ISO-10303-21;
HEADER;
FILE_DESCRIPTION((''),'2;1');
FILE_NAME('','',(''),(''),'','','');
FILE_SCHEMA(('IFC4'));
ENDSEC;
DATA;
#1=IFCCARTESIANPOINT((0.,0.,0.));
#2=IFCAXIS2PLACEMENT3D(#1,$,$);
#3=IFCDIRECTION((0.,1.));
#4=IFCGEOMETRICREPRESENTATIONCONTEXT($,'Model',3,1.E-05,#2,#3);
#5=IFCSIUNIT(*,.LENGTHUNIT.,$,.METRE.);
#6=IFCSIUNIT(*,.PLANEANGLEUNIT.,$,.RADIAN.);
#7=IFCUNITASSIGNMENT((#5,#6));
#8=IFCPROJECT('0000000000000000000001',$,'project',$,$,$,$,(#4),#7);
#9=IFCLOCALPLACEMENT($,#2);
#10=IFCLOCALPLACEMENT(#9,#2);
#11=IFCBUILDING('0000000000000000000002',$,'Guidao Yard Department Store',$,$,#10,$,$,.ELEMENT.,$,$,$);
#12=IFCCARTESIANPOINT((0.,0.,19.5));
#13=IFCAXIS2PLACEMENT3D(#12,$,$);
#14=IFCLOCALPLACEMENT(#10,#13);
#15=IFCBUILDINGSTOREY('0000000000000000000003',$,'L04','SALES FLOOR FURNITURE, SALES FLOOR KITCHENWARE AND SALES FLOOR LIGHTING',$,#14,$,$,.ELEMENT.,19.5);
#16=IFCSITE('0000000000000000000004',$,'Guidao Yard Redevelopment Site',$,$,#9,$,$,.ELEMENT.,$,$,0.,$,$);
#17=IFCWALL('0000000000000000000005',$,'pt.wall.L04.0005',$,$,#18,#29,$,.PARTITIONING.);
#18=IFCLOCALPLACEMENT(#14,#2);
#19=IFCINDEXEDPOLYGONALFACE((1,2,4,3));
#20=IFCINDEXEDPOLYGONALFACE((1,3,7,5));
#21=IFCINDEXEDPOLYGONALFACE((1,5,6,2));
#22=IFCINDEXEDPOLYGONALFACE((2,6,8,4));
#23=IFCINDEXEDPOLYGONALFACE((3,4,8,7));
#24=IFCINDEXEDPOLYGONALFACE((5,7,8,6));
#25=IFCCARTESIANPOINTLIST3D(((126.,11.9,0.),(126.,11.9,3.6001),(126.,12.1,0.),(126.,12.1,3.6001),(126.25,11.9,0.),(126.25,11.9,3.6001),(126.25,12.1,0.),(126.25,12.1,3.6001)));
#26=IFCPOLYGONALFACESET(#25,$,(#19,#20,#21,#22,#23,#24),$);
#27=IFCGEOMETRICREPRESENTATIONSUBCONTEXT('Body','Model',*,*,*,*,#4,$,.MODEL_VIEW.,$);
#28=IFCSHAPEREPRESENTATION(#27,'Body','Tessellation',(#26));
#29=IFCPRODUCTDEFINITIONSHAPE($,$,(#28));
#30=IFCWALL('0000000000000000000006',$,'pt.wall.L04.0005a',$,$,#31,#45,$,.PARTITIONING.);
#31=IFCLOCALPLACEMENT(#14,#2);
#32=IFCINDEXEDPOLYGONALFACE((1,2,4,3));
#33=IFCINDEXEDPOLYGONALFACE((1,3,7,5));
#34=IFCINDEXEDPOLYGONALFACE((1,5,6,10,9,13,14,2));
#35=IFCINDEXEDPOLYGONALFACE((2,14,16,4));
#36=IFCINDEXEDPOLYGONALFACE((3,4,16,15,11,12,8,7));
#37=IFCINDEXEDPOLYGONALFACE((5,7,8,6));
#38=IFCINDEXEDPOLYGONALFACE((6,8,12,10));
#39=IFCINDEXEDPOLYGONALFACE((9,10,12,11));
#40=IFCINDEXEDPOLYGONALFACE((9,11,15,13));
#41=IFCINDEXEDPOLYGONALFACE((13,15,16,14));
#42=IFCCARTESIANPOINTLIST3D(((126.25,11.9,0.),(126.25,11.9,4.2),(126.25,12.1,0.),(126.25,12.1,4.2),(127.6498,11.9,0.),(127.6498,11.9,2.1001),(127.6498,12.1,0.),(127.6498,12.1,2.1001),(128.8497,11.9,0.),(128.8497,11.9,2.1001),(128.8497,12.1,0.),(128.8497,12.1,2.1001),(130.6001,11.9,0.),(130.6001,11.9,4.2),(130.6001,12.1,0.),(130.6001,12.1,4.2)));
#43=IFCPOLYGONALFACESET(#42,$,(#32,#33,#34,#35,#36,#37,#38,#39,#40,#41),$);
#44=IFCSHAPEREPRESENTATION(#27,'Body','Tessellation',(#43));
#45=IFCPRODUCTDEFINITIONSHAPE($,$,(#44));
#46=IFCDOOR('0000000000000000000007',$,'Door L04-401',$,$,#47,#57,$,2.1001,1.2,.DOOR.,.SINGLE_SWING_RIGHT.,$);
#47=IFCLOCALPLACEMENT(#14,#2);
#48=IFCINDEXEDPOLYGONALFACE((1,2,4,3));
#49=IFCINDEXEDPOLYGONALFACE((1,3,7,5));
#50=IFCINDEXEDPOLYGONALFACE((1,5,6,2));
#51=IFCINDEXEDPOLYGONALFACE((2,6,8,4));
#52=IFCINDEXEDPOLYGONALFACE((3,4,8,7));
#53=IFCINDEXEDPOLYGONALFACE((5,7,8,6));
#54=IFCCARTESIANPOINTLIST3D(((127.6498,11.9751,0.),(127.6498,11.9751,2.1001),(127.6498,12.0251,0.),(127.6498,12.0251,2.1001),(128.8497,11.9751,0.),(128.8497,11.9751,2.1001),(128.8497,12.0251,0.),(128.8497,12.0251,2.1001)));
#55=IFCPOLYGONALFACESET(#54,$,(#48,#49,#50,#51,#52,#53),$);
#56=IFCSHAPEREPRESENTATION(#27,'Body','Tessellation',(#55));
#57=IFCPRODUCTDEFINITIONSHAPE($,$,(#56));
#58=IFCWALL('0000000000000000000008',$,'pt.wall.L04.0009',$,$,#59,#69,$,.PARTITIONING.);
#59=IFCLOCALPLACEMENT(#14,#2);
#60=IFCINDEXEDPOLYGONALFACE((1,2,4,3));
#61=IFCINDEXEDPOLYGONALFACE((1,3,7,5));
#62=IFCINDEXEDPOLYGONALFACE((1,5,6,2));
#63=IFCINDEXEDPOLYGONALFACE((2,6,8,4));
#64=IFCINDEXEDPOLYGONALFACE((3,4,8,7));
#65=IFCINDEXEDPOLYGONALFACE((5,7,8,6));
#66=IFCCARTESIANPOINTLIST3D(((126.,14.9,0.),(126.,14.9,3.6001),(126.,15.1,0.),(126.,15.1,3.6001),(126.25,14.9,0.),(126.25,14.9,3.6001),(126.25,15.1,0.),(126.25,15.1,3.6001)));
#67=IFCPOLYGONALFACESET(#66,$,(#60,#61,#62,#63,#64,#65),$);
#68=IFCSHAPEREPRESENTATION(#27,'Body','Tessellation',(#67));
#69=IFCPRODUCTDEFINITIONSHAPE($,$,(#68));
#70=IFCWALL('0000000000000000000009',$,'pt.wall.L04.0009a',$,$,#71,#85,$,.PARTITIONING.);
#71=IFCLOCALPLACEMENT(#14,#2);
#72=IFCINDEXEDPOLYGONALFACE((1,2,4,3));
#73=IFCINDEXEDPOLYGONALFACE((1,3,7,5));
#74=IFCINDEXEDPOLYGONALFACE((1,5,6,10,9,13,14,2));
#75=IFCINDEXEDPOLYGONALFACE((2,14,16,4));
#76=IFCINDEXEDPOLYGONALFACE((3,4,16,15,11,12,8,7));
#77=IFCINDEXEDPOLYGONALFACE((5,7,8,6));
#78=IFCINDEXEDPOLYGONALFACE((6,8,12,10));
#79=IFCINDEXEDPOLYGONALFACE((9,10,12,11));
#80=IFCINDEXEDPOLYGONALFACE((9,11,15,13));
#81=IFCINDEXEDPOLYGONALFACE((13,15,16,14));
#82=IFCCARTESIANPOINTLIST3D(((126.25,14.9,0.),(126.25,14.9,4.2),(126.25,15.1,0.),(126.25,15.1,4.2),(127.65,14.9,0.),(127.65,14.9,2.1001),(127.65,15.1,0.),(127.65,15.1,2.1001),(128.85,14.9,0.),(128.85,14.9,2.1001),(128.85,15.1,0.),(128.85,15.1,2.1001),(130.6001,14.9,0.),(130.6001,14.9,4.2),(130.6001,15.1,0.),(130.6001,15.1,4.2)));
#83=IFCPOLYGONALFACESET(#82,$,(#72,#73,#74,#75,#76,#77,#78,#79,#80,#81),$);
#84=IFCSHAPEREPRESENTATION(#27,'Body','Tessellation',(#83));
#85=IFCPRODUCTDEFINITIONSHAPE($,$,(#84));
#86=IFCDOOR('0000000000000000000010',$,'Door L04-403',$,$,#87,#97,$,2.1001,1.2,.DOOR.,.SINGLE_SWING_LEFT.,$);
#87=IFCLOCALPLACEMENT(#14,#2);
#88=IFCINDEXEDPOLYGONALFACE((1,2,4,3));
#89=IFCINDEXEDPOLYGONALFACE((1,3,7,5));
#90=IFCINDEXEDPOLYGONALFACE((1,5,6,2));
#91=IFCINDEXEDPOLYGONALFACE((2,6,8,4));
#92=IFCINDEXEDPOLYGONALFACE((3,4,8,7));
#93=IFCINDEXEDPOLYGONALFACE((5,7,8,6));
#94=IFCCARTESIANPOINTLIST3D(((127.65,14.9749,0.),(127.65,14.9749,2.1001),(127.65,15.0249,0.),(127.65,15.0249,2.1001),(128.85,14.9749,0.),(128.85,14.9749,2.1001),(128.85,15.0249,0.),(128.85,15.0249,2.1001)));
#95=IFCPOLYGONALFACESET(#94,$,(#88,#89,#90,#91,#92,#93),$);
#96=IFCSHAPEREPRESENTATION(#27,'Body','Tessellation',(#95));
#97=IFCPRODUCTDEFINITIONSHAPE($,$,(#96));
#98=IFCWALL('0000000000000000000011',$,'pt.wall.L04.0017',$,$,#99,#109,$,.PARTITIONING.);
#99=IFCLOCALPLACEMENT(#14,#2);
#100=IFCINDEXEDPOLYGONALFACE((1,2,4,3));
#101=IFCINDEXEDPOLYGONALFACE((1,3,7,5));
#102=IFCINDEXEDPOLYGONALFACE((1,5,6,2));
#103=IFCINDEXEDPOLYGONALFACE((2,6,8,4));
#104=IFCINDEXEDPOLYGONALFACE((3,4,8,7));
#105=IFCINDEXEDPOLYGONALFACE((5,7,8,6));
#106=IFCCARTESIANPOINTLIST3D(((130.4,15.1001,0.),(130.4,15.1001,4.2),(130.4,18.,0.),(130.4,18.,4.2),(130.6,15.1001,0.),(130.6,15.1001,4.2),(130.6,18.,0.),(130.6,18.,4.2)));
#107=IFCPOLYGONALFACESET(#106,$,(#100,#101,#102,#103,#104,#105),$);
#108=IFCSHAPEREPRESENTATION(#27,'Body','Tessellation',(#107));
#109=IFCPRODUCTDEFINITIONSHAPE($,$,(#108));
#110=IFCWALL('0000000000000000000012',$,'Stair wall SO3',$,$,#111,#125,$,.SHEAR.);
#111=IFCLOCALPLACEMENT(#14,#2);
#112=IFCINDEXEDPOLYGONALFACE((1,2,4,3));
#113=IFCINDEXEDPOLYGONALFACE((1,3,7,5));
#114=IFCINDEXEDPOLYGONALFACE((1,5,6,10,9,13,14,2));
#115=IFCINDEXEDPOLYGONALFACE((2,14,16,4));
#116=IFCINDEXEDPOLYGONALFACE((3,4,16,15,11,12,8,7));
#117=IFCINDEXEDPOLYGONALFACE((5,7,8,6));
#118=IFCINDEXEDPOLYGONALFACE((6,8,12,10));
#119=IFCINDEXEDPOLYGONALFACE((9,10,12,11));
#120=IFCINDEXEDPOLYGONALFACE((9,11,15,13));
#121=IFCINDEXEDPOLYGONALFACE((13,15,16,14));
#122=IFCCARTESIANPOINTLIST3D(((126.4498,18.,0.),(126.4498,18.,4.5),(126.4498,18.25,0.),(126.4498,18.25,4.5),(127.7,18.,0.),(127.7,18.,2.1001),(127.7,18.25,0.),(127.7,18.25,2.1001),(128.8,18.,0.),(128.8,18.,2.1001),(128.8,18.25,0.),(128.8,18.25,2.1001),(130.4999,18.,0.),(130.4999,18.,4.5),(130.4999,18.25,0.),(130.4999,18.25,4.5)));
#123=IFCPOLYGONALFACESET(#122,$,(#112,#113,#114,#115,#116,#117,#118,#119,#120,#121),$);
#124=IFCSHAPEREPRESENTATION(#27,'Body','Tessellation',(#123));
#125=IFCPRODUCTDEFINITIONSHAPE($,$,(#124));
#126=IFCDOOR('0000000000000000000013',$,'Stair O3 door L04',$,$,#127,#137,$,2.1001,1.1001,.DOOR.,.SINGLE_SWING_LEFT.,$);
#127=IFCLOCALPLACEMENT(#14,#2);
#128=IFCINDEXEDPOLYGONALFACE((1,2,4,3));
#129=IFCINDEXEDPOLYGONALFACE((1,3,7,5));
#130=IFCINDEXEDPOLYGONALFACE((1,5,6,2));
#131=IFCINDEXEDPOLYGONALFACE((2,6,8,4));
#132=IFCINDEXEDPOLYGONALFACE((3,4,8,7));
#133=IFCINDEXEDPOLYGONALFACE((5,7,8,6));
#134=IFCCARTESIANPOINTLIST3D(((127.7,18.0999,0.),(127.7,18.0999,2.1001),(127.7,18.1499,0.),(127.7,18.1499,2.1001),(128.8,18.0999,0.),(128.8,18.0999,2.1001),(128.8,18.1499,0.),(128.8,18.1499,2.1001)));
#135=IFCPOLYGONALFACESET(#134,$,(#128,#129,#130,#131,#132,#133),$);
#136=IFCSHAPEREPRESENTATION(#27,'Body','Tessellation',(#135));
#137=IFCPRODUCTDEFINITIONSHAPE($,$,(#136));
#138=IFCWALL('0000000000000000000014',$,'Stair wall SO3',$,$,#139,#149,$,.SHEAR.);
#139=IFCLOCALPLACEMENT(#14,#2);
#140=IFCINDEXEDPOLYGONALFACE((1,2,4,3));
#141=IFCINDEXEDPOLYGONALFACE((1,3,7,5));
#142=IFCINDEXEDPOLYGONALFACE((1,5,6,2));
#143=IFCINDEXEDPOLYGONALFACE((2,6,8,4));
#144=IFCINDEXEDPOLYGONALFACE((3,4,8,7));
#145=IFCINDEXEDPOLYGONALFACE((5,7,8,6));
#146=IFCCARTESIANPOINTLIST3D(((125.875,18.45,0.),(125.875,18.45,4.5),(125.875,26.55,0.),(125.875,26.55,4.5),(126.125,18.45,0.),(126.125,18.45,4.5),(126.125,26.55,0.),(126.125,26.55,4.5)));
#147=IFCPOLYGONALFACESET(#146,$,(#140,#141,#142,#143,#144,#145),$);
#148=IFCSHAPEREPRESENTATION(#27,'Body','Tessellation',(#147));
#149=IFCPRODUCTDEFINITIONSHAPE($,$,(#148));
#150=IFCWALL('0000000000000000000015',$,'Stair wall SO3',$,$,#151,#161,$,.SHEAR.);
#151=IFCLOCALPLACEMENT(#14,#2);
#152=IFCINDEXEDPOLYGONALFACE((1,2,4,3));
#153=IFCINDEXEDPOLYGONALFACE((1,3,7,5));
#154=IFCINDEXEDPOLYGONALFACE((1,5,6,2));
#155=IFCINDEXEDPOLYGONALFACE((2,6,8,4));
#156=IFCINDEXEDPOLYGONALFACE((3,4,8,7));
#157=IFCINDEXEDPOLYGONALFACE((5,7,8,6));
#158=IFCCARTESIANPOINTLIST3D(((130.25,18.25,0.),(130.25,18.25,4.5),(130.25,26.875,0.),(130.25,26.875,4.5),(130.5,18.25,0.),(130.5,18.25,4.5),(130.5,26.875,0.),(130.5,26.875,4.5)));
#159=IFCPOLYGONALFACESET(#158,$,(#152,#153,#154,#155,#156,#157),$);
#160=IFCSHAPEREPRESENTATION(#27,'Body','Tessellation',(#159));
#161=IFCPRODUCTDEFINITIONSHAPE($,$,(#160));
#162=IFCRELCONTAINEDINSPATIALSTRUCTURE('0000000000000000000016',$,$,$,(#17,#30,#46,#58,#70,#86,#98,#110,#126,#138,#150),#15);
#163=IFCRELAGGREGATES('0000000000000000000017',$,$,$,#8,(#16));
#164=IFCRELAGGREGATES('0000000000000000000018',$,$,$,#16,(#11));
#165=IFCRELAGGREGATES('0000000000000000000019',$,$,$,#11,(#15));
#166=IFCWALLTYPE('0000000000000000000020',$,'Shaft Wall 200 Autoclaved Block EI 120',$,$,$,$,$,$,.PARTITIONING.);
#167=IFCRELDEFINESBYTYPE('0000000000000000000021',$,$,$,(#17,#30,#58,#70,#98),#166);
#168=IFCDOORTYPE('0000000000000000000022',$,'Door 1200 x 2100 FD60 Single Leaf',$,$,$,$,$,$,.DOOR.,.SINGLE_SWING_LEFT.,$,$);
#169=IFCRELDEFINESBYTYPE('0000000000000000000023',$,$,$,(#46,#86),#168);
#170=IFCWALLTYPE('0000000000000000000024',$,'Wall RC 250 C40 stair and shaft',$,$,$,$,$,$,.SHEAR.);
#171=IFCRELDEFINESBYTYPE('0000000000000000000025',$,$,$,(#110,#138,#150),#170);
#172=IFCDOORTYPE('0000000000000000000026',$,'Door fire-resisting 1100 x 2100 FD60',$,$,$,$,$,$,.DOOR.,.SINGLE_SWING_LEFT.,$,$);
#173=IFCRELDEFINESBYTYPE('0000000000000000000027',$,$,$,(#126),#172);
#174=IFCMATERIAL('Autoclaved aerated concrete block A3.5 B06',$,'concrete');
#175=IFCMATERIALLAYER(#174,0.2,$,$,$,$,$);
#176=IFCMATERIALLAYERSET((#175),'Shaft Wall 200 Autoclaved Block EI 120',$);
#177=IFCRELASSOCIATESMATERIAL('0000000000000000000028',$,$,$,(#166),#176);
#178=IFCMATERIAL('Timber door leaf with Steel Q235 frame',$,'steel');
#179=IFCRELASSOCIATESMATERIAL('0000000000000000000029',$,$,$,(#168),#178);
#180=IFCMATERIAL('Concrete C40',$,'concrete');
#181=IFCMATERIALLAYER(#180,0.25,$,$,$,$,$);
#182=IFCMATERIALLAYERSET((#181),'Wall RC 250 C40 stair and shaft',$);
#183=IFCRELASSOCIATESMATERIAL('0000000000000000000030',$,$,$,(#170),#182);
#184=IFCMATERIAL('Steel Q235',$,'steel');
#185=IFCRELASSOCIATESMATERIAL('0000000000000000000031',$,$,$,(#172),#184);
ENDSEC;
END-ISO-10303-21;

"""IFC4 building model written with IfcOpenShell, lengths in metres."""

from ifc_helpers import new_model, si_unit, direction, frame, frame_2d, origin, place, context, subcontext, project, spatial, rectangle, extrude, material, layer, layer_set, type_object, element, fill, save


model = new_model("IFC4")

# Units and contexts
model_context = context("Model", 3, precision=1e-05, world=origin(), true_north=direction((0.0, 1.0)))
body_context = subcontext(model_context, "Body", "Model", "MODEL_VIEW")
ifc_project = project(units=[si_unit("LENGTHUNIT", "METRE"), si_unit("PLANEANGLEUNIT", "RADIAN")], contexts=[model_context])

# Site, building, storey
site_placement = place(None, origin())
site = spatial("IfcSite", under=ifc_project, at=site_placement, Name="Guidao Yard Redevelopment Site", CompositionType="ELEMENT", RefElevation=0.0)
building_placement = place(site_placement, origin())
building = spatial("IfcBuilding", under=site, at=building_placement, Name="Guidao Yard Department Store", CompositionType="ELEMENT")
storey_placement = place(building_placement, frame((0.0, 0.0, 19.5)))
storey = spatial("IfcBuildingStorey", under=building, at=storey_placement, Name="L04", Description="SALES FLOOR FURNITURE, SALES FLOOR KITCHENWARE AND SALES FLOOR LIGHTING", CompositionType="ELEMENT", Elevation=19.5)

# Wall
ifc_material_1 = material(Name="Autoclaved aerated concrete block A3.5 B06", Category="concrete")
ifc_layer_1 = layer(ifc_material_1, 0.2)
ifc_layer_set_1 = layer_set([ifc_layer_1], Name="Shaft Wall 200 Autoclaved Block EI 120")
wall_type_1 = type_object("IfcWallType", Name="Shaft Wall 200 Autoclaved Block EI 120", PredefinedType="PARTITIONING", material=ifc_layer_set_1)
wall_1_placement = place(storey_placement, frame((126.0, 12.0, 0.0), z_axis=(0.0, 0.0, 1.0), x_axis=(1.0, 0.0, 0.0)))
element("IfcWall", 1, at=wall_1_placement, inside=storey, type_object=wall_type_1, Name="pt.wall.L04.0005", PredefinedType="PARTITIONING", context=body_context, shape_type="SweptSolid", body=[
    extrude(rectangle(XDim=0.25, YDim=0.2, at=frame_2d((0.125, 0.0))), origin(), (0.0, 0.0, 1.0), 3.6001),
])

# Wall, opening, door
wall_2_placement = place(storey_placement, frame((126.25, 12.0, 0.0), z_axis=(0.0, 0.0, 1.0), x_axis=(1.0, 0.0, 0.0)))
wall_2 = element("IfcWall", 2, at=wall_2_placement, inside=storey, type_object=wall_type_1, Name="pt.wall.L04.0005a", PredefinedType="PARTITIONING", context=body_context, shape_type="SweptSolid", body=[
    extrude(rectangle(XDim=4.3501, YDim=0.2, at=frame_2d((2.175, 0.0))), origin(), (0.0, 0.0, 1.0), 4.2),
])
opening_1_placement = place(wall_2_placement, frame((2.5999, 0.0, 0.0), z_axis=(0.0, 0.0, 1.0), x_axis=(-1.0, 0.0, 0.0)))
opening_1 = element("IfcOpeningElement", 3, at=opening_1_placement, cuts=wall_2, PredefinedType="OPENING", context=body_context, shape_type="SweptSolid", body=[
    extrude(rectangle(XDim=1.2, YDim=2.1001, at=frame_2d((0.6001, 1.05))), frame((0.0, 0.1099, 0.0), z_axis=(0.0, -1.0, 0.0), x_axis=(1.0, 0.0, 0.0)), (0.0, 0.0, 1.0), 0.22),
])
ifc_material_2 = material(Name="Timber door leaf with Steel Q235 frame", Category="steel")
door_type_1 = type_object("IfcDoorType", Name="Door 1200 x 2100 FD60 Single Leaf", OperationType="SINGLE_SWING_LEFT", PredefinedType="DOOR", material=ifc_material_2)
door_1_placement = place(opening_1_placement, origin())
door_1 = element("IfcDoor", 4, at=door_1_placement, inside=storey, type_object=door_type_1, Name="Door L04-401", OperationType="SINGLE_SWING_RIGHT", OverallHeight=2.1001, OverallWidth=1.2, PredefinedType="DOOR", context=body_context, shape_type="SweptSolid", body=[
    extrude(rectangle(XDim=1.2, YDim=2.1001, at=frame_2d((0.6001, 1.05))), frame((0.0, 0.0249, 0.0), z_axis=(0.0, -1.0, 0.0), x_axis=(1.0, 0.0, 0.0)), (0.0, 0.0, 1.0), 0.05),
])
fill(opening_1, door_1)

# Wall
wall_3_placement = place(storey_placement, frame((126.0, 15.0, 0.0), z_axis=(0.0, 0.0, 1.0), x_axis=(1.0, 0.0, 0.0)))
element("IfcWall", 5, at=wall_3_placement, inside=storey, type_object=wall_type_1, Name="pt.wall.L04.0009", PredefinedType="PARTITIONING", context=body_context, shape_type="SweptSolid", body=[
    extrude(rectangle(XDim=0.25, YDim=0.2, at=frame_2d((0.125, 0.0))), origin(), (0.0, 0.0, 1.0), 3.6001),
])

# Wall, opening, door
wall_4_placement = place(storey_placement, frame((126.25, 15.0, 0.0), z_axis=(0.0, 0.0, 1.0), x_axis=(1.0, 0.0, 0.0)))
wall_4 = element("IfcWall", 6, at=wall_4_placement, inside=storey, type_object=wall_type_1, Name="pt.wall.L04.0009a", PredefinedType="PARTITIONING", context=body_context, shape_type="SweptSolid", body=[
    extrude(rectangle(XDim=4.3501, YDim=0.2, at=frame_2d((2.175, 0.0))), origin(), (0.0, 0.0, 1.0), 4.2),
])
opening_2_placement = place(wall_4_placement, frame((1.3999, 0.0, 0.0)))
opening_2 = element("IfcOpeningElement", 7, at=opening_2_placement, cuts=wall_4, PredefinedType="OPENING", context=body_context, shape_type="SweptSolid", body=[
    extrude(rectangle(XDim=1.2, YDim=2.1001, at=frame_2d((0.6001, 1.05))), frame((0.0, 0.1099, 0.0), z_axis=(0.0, -1.0, 0.0), x_axis=(1.0, 0.0, 0.0)), (0.0, 0.0, 1.0), 0.22),
])
door_2_placement = place(opening_2_placement, origin())
door_2 = element("IfcDoor", 8, at=door_2_placement, inside=storey, type_object=door_type_1, Name="Door L04-403", OperationType="SINGLE_SWING_LEFT", OverallHeight=2.1001, OverallWidth=1.2, PredefinedType="DOOR", context=body_context, shape_type="SweptSolid", body=[
    extrude(rectangle(XDim=1.2, YDim=2.1001, at=frame_2d((0.6001, 1.05))), frame((0.0, 0.0249, 0.0), z_axis=(0.0, -1.0, 0.0), x_axis=(1.0, 0.0, 0.0)), (0.0, 0.0, 1.0), 0.05),
])
fill(opening_2, door_2)

# Wall
wall_5_placement = place(storey_placement, frame((130.5, 15.1001, 0.0), z_axis=(0.0, 0.0, 1.0), x_axis=(0.0, 1.0, 0.0)))
element("IfcWall", 9, at=wall_5_placement, inside=storey, type_object=wall_type_1, Name="pt.wall.L04.0017", PredefinedType="PARTITIONING", context=body_context, shape_type="SweptSolid", body=[
    extrude(rectangle(XDim=2.8999, YDim=0.2, at=frame_2d((1.45, 0.0))), origin(), (0.0, 0.0, 1.0), 4.2),
])

# Wall, opening, door
ifc_material_3 = material(Name="Concrete C40", Category="concrete")
ifc_layer_2 = layer(ifc_material_3, 0.25)
ifc_layer_set_2 = layer_set([ifc_layer_2], Name="Wall RC 250 C40 stair and shaft")
wall_type_2 = type_object("IfcWallType", Name="Wall RC 250 C40 stair and shaft", PredefinedType="SHEAR", material=ifc_layer_set_2)
wall_6_placement = place(storey_placement, frame((126.45, 18.125, 0.0), z_axis=(0.0, 0.0, 1.0), x_axis=(1.0, 0.0, 0.0)))
wall_6 = element("IfcWall", 10, at=wall_6_placement, inside=storey, type_object=wall_type_2, Name="Stair wall SO3", PredefinedType="SHEAR", context=body_context, shape_type="SweptSolid", body=[
    extrude(rectangle(XDim=4.05, YDim=0.25, at=frame_2d((2.0249, 0.0))), origin(), (0.0, 0.0, 1.0), 4.5),
])
opening_3_placement = place(wall_6_placement, frame((1.25, 0.0, 0.0)))
opening_3 = element("IfcOpeningElement", 11, at=opening_3_placement, cuts=wall_6, PredefinedType="OPENING", context=body_context, shape_type="SweptSolid", body=[
    extrude(rectangle(XDim=1.1001, YDim=2.1001, at=frame_2d((0.55, 1.05))), frame((0.0, 0.135, 0.0), z_axis=(0.0, -1.0, 0.0), x_axis=(1.0, 0.0, 0.0)), (0.0, 0.0, 1.0), 0.27),
])
ifc_material_4 = material(Name="Steel Q235", Category="steel")
door_type_2 = type_object("IfcDoorType", Name="Door fire-resisting 1100 x 2100 FD60", OperationType="SINGLE_SWING_LEFT", PredefinedType="DOOR", material=ifc_material_4)
door_3_placement = place(opening_3_placement, origin())
door_3 = element("IfcDoor", 12, at=door_3_placement, inside=storey, type_object=door_type_2, Name="Stair O3 door L04", OperationType="SINGLE_SWING_LEFT", OverallHeight=2.1001, OverallWidth=1.1001, PredefinedType="DOOR", context=body_context, shape_type="SweptSolid", body=[
    extrude(rectangle(XDim=1.1001, YDim=2.1001, at=frame_2d((0.55, 1.05))), frame((0.0, 0.0249, 0.0), z_axis=(0.0, -1.0, 0.0), x_axis=(1.0, 0.0, 0.0)), (0.0, 0.0, 1.0), 0.05),
])
fill(opening_3, door_3)

# Walls
wall_7_placement = place(storey_placement, frame((126.0, 18.45, 0.0), z_axis=(0.0, 0.0, 1.0), x_axis=(0.0, 1.0, 0.0)))
element("IfcWall", 13, at=wall_7_placement, inside=storey, type_object=wall_type_2, Name="Stair wall SO3", PredefinedType="SHEAR", context=body_context, shape_type="SweptSolid", body=[
    extrude(rectangle(XDim=8.1001, YDim=0.25, at=frame_2d((4.05, 0.0))), origin(), (0.0, 0.0, 1.0), 4.5),
])
wall_8_placement = place(storey_placement, frame((130.375, 18.25, 0.0), z_axis=(0.0, 0.0, 1.0), x_axis=(0.0, 1.0, 0.0)))
element("IfcWall", 14, at=wall_8_placement, inside=storey, type_object=wall_type_2, Name="Stair wall SO3", PredefinedType="SHEAR", context=body_context, shape_type="SweptSolid", body=[
    extrude(rectangle(XDim=8.625, YDim=0.25, at=frame_2d((4.3125, 0.0))), origin(), (0.0, 0.0, 1.0), 4.5),
])

save(model, "model.ifc")
